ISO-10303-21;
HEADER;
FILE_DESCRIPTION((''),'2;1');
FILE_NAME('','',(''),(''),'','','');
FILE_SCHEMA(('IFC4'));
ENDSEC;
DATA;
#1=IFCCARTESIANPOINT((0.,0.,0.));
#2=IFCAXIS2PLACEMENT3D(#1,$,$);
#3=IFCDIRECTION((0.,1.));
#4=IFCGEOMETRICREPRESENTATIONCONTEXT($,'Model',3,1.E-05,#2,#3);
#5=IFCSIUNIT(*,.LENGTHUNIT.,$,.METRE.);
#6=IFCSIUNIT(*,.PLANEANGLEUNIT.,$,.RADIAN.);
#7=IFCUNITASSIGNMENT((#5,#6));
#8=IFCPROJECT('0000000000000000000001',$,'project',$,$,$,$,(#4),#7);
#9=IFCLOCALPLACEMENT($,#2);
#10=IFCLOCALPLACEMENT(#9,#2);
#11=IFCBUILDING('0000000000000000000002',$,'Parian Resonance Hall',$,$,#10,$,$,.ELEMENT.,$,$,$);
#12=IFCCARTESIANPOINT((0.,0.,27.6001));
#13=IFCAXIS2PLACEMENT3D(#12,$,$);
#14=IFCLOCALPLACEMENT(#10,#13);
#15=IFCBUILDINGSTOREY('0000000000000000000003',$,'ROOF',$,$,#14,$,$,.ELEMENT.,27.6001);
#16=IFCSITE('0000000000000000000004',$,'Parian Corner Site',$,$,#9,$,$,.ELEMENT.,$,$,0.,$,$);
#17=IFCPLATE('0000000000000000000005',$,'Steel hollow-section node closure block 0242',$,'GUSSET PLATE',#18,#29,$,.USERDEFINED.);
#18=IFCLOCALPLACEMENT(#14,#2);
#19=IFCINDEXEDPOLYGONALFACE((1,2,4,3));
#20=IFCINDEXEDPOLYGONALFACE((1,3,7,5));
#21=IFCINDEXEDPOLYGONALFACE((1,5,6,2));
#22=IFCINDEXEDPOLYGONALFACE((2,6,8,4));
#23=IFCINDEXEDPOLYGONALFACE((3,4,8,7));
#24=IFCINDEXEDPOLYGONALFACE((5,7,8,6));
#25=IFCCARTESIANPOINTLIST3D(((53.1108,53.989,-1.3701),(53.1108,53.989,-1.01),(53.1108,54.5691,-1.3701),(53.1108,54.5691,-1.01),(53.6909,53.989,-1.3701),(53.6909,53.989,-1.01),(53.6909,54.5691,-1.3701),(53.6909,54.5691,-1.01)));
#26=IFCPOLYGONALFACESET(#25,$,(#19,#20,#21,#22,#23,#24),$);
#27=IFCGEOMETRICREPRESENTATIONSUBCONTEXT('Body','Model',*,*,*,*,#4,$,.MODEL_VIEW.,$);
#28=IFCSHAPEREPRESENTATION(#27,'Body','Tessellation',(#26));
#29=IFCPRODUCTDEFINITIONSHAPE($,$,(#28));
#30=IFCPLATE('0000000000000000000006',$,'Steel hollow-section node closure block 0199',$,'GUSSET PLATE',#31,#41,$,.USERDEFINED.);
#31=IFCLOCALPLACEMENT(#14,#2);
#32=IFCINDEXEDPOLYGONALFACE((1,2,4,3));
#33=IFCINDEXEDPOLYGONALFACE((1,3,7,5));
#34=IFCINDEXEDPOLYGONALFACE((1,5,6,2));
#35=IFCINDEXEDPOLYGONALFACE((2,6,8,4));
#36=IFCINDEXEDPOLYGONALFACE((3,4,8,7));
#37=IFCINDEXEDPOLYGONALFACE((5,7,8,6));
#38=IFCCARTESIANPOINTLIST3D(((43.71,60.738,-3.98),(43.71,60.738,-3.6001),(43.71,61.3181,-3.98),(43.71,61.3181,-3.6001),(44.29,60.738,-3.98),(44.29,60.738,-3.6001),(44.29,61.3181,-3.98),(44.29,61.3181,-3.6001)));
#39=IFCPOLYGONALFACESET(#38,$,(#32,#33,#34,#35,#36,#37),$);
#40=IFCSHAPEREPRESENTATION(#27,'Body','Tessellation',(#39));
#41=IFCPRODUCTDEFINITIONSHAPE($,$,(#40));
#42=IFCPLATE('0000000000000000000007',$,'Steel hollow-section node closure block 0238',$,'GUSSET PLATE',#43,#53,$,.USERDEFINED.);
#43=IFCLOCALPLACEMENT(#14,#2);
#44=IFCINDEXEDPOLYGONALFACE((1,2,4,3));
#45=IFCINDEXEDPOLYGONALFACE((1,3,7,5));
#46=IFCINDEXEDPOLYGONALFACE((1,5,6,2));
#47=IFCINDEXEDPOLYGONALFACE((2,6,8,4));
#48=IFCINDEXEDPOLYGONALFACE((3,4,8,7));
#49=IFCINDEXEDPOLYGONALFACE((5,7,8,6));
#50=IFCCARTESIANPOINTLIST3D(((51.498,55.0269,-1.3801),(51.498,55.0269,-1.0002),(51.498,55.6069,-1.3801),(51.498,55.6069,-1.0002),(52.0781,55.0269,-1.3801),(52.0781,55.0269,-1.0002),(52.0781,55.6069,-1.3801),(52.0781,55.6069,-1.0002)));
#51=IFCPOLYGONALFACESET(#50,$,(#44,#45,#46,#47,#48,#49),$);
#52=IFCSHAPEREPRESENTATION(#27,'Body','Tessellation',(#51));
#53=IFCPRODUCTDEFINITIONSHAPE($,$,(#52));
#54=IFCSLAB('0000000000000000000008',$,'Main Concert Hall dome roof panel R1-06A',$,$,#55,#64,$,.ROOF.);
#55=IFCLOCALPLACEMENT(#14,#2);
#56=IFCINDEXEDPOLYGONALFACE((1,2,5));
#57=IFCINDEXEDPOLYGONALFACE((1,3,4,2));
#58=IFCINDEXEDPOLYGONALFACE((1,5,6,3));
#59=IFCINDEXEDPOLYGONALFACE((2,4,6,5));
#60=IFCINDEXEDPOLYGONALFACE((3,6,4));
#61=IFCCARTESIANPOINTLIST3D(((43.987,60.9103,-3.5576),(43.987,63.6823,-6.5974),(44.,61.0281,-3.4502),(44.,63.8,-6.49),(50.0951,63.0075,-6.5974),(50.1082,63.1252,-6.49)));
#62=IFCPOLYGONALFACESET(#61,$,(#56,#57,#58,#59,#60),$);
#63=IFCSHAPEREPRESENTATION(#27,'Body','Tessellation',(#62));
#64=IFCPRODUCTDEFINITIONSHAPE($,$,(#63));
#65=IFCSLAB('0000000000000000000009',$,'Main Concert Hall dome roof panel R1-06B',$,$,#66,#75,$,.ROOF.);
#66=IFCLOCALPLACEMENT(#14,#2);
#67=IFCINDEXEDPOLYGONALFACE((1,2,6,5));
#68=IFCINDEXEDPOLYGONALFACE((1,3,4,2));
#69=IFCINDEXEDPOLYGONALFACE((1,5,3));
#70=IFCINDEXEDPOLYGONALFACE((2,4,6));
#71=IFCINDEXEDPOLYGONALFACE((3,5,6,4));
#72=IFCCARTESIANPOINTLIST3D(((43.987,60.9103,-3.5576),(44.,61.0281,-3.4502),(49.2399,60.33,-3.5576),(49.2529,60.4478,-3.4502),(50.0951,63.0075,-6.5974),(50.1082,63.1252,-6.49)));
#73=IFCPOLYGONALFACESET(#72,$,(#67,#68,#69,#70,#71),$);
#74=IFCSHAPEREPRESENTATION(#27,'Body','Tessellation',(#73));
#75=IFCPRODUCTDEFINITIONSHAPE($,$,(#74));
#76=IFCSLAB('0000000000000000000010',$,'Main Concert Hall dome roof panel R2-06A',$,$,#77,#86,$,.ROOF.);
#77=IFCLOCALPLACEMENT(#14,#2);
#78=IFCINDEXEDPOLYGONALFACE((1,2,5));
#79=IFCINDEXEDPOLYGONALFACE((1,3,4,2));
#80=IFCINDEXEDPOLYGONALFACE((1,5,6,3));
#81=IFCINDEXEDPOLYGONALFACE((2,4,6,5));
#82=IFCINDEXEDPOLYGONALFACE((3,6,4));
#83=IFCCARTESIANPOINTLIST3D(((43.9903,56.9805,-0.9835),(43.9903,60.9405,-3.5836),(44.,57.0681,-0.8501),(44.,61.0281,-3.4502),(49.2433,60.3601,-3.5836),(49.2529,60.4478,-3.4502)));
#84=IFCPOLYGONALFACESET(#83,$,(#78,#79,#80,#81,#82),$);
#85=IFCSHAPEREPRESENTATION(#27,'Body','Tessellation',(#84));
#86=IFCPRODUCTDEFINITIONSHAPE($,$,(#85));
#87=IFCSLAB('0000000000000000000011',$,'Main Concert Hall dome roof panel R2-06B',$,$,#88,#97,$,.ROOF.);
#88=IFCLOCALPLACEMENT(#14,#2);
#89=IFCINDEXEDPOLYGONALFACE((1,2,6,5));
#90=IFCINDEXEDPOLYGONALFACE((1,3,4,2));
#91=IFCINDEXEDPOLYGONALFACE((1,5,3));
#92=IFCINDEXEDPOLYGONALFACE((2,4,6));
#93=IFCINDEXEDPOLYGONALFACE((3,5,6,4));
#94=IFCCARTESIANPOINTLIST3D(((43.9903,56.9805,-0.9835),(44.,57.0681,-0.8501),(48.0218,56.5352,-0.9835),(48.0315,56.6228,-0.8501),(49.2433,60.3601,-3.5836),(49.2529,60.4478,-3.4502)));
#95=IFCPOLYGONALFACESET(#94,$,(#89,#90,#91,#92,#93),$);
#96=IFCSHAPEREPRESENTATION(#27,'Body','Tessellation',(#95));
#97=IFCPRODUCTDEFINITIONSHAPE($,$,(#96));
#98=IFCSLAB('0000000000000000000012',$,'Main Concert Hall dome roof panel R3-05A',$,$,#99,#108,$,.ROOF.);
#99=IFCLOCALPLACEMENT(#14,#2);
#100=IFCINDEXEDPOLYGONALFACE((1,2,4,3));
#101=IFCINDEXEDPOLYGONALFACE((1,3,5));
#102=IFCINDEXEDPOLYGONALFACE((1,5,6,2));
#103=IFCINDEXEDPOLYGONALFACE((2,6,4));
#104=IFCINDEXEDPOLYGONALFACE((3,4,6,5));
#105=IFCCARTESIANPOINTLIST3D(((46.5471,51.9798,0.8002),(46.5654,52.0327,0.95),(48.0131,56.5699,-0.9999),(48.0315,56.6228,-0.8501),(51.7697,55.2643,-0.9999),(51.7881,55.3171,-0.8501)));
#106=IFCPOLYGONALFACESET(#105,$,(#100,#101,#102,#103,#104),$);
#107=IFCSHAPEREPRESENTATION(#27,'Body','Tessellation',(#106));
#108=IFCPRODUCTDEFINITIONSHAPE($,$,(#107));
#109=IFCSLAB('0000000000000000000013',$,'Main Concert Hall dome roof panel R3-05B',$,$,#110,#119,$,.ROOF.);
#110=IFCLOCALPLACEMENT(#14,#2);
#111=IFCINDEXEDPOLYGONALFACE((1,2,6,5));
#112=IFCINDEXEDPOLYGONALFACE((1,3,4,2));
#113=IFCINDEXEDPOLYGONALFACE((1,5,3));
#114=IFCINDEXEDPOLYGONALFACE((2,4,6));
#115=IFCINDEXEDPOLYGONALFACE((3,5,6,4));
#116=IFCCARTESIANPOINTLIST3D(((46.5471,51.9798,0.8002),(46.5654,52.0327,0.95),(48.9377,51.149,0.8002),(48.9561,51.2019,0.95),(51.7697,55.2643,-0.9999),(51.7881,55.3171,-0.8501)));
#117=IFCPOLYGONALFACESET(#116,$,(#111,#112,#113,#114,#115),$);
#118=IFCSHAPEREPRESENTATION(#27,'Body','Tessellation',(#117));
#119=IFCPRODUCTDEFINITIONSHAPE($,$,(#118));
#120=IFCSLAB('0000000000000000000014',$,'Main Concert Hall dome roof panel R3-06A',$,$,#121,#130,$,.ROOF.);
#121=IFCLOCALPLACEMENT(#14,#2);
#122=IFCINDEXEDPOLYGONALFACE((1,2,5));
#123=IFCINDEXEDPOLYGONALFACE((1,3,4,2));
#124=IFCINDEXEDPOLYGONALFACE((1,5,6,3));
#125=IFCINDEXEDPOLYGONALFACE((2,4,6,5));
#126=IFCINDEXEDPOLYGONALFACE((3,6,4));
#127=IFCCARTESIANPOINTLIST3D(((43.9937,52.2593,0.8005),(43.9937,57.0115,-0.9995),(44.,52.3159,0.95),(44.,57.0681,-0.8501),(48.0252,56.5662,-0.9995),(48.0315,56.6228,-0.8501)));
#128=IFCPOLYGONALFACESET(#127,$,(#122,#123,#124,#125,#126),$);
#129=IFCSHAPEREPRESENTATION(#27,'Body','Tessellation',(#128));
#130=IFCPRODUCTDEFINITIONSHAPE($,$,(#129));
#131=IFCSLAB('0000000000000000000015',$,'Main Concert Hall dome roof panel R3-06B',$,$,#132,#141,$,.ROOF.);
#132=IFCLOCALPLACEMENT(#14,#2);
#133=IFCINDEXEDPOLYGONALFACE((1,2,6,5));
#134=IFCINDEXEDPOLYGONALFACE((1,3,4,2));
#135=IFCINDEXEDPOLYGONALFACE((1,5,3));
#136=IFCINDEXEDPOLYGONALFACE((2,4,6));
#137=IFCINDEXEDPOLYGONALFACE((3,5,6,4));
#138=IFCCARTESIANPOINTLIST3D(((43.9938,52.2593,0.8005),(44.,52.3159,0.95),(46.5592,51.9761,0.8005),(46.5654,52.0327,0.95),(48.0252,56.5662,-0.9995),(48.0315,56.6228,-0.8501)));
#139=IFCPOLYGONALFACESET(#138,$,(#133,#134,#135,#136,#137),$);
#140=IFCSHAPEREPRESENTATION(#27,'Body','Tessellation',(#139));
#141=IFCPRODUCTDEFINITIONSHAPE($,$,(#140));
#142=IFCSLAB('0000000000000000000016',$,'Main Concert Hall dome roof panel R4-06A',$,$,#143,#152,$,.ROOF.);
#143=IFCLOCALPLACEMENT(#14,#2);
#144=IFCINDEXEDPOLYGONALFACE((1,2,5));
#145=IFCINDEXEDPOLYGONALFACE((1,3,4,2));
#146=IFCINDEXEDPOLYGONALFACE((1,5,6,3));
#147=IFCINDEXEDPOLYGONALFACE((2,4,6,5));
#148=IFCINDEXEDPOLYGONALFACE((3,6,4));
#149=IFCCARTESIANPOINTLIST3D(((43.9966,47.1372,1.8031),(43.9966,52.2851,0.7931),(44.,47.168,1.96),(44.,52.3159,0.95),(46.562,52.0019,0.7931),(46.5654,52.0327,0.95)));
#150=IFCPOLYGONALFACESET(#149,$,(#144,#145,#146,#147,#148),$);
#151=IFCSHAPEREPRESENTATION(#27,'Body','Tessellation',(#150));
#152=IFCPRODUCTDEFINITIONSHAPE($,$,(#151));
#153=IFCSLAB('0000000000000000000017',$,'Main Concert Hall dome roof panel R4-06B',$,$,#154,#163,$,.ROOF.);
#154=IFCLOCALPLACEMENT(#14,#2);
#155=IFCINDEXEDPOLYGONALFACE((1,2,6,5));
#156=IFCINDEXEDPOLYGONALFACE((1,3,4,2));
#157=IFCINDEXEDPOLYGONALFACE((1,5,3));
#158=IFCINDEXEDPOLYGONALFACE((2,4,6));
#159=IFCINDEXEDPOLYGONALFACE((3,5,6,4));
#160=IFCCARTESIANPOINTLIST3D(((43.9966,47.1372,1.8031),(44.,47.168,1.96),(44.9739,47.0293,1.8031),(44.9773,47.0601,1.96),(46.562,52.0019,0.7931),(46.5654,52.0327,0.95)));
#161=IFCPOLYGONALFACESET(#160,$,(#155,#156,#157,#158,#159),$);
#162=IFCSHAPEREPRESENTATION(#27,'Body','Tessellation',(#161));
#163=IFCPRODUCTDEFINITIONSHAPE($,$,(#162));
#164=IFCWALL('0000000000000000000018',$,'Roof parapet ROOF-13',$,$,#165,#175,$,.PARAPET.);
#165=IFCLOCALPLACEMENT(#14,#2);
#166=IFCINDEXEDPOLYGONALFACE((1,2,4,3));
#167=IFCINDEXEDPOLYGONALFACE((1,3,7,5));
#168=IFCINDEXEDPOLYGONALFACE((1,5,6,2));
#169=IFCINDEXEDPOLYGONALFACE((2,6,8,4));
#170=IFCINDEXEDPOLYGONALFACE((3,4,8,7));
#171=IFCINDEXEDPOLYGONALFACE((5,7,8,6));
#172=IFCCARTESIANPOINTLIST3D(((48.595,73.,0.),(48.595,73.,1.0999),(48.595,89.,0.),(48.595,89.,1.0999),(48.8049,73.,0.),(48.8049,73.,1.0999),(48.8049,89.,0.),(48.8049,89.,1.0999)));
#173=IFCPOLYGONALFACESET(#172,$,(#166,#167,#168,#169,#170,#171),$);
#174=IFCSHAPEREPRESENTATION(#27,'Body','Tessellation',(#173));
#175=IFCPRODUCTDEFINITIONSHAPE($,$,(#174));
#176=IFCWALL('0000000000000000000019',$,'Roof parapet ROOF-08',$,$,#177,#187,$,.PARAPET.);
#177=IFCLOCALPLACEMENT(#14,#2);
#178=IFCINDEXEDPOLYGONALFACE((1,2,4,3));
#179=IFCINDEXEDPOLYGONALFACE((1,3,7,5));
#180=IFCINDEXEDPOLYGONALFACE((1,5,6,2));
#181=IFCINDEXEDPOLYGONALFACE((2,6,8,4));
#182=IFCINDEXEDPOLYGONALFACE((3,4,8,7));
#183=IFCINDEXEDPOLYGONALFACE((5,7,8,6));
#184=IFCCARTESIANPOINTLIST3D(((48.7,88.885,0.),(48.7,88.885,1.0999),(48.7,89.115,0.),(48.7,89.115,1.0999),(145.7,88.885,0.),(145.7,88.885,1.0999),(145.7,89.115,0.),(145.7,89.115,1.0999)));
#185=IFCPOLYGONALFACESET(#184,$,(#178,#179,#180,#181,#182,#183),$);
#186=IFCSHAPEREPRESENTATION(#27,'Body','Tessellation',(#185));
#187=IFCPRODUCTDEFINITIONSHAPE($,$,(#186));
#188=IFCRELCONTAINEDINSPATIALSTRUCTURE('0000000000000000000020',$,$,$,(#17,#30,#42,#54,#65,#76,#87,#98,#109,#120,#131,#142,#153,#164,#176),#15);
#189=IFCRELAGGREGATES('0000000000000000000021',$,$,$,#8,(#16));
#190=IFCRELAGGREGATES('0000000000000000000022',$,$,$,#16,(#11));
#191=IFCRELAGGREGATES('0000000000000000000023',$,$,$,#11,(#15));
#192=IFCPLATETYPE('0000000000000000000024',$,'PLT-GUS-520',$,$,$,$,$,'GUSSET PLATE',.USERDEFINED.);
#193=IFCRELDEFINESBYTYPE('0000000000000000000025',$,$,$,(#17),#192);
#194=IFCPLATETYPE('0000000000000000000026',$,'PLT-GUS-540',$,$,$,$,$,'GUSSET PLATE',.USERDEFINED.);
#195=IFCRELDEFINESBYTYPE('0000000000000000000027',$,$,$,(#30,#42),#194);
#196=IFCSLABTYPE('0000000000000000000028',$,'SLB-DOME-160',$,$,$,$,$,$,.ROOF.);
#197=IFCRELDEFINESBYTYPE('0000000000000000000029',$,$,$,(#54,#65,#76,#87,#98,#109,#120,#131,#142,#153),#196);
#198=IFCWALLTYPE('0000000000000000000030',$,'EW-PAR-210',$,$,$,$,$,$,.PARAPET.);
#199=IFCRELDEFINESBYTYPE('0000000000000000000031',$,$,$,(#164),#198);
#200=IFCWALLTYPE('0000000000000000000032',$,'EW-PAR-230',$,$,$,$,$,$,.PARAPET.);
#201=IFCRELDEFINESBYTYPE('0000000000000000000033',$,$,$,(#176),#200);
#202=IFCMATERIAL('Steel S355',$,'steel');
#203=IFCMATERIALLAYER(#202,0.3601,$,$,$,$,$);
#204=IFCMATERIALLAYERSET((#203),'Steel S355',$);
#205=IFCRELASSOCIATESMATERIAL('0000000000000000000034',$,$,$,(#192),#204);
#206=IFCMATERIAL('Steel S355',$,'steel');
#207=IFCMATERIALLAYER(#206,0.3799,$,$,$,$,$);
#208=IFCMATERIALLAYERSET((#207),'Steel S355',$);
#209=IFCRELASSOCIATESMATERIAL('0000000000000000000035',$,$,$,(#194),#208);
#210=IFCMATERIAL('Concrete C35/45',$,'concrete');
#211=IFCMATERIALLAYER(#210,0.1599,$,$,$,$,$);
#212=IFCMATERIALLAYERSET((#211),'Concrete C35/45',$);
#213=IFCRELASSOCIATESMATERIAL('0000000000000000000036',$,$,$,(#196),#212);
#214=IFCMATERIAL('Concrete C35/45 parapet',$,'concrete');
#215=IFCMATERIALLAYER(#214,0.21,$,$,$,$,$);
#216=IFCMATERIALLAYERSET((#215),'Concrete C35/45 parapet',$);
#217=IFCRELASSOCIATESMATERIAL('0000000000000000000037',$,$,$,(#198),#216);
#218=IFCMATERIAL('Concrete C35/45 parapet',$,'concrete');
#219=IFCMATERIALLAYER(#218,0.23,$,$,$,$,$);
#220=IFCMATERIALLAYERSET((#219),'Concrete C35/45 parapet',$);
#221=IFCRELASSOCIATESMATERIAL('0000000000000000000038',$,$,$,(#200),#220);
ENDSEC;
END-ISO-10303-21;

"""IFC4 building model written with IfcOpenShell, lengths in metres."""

from ifc_helpers import new_model, si_unit, direction, frame, frame_2d, origin, origin_2d, place, context, subcontext, project, spatial, polyline, rectangle, outline, extrude, material, layer, layer_set, type_object, element, save


model = new_model("IFC4")

# Units and contexts
model_context = context("Model", 3, precision=1e-05, world=origin(), true_north=direction((0.0, 1.0)))
body_context = subcontext(model_context, "Body", "Model", "MODEL_VIEW")
ifc_project = project(units=[si_unit("LENGTHUNIT", "METRE"), si_unit("PLANEANGLEUNIT", "RADIAN")], contexts=[model_context])

# Site, building, storey
site_placement = place(None, origin())
site = spatial("IfcSite", under=ifc_project, at=site_placement, Name="Parian Corner Site", CompositionType="ELEMENT", RefElevation=0.0)
building_placement = place(site_placement, origin())
building = spatial("IfcBuilding", under=site, at=building_placement, Name="Parian Resonance Hall", CompositionType="ELEMENT")
storey_placement = place(building_placement, frame((0.0, 0.0, 27.6001)))
storey = spatial("IfcBuildingStorey", under=building, at=storey_placement, Name="ROOF", CompositionType="ELEMENT", Elevation=27.6001)

# Plates
ifc_material_1 = material(Name="Steel S355", Category="steel")
ifc_layer_1 = layer(ifc_material_1, 0.3601)
ifc_layer_set_1 = layer_set([ifc_layer_1], Name="Steel S355")
plate_type_1 = type_object("IfcPlateType", Name="PLT-GUS-520", ElementType="GUSSET PLATE", PredefinedType="USERDEFINED", material=ifc_layer_set_1)
for number, where, z_axis, x_axis, name in (
    (1, (53.4009, 54.2791, -1.3701), (0.0, 0.0, 1.0), (1.0, 0.0, 0.0), "Steel hollow-section node closure block 0242"),
):
    element("IfcPlate", number, at=place(storey_placement, frame(where, z_axis=z_axis, x_axis=x_axis)), inside=storey, type_object=plate_type_1, Name=name, ObjectType="GUSSET PLATE", PredefinedType="USERDEFINED", context=body_context, shape_type="SweptSolid", body=[
        extrude(rectangle(XDim=0.5801, YDim=0.5801, at=origin_2d()), origin(), (0.0, 0.0, 1.0), 0.3601),
    ])
ifc_material_2 = material(Name="Steel S355", Category="steel")
ifc_layer_2 = layer(ifc_material_2, 0.3799)
ifc_layer_set_2 = layer_set([ifc_layer_2], Name="Steel S355")
plate_type_2 = type_object("IfcPlateType", Name="PLT-GUS-540", ElementType="GUSSET PLATE", PredefinedType="USERDEFINED", material=ifc_layer_set_2)
for number, where, z_axis, x_axis, name in (
    (2, (44.0, 61.0281, -3.98), (0.0, 0.0, 1.0), (1.0, 0.0, 0.0), "Steel hollow-section node closure block 0199"),
    (3, (51.7881, 55.3169, -1.3801), (0.0, 0.0, 1.0), (1.0, 0.0, 0.0), "Steel hollow-section node closure block 0238"),
):
    element("IfcPlate", number, at=place(storey_placement, frame(where, z_axis=z_axis, x_axis=x_axis)), inside=storey, type_object=plate_type_2, Name=name, ObjectType="GUSSET PLATE", PredefinedType="USERDEFINED", context=body_context, shape_type="SweptSolid", body=[
        extrude(rectangle(XDim=0.5801, YDim=0.5801, at=origin_2d()), origin(), (0.0, 0.0, 1.0), 0.3799),
    ])

# Slabs
ifc_material_3 = material(Name="Concrete C35/45", Category="concrete")
ifc_layer_3 = layer(ifc_material_3, 0.1599)
ifc_layer_set_3 = layer_set([ifc_layer_3], Name="Concrete C35/45")
slab_type = type_object("IfcSlabType", Name="SLB-DOME-160", PredefinedType="ROOF", material=ifc_layer_set_3)
slab_1_placement = place(storey_placement, frame((50.1082, 63.1252, -6.49), z_axis=(0.081361, 0.736458, 0.671572), x_axis=(-0.993953, 0.109808, 0.0)))
element("IfcSlab", 4, at=slab_1_placement, inside=storey, type_object=slab_type, Name="Main Concert Hall dome roof panel R1-06A", PredefinedType="ROOF", context=body_context, shape_type="SweptSolid", body=[
    extrude(outline(polyline([(0.0, 0.0), (6.1453, 0.0), (5.8409, 4.1026), (0.0, 0.0)])), origin(), (0.0, 0.0, -1.0), 0.1599),
])
slab_2_placement = place(storey_placement, frame((50.1082, 63.1252, -6.49), z_axis=(0.081361, 0.736458, 0.671572), x_axis=(-0.855749, -0.293812, 0.425874)))
element("IfcSlab", 5, at=slab_2_placement, inside=storey, type_object=slab_type, Name="Main Concert Hall dome roof panel R1-06B", PredefinedType="ROOF", context=body_context, shape_type="SweptSolid", body=[
    extrude(outline(polyline([(0.0, 0.0), (7.1378, 0.0), (2.8131, 3.0376), (0.0, 0.0)])), origin(), (0.0, 0.0, -1.0), 0.1599),
])
slab_3_placement = place(storey_placement, frame((49.2529, 60.4478, -3.4502), z_axis=(0.060525, 0.547853, 0.834382), x_axis=(-0.993953, 0.109808, 0.0)))
element("IfcSlab", 6, at=slab_3_placement, inside=storey, type_object=slab_type, Name="Main Concert Hall dome roof panel R2-06A", PredefinedType="ROOF", context=body_context, shape_type="SweptSolid", body=[
    extrude(outline(polyline([(0.0, 0.0), (5.2849, 0.0), (4.8501, 4.7173), (0.0, 0.0)])), origin(), (0.0, 0.0, -1.0), 0.1599),
])
slab_4_placement = place(storey_placement, frame((49.2529, 60.4478, -3.4502), z_axis=(0.060516, 0.547862, 0.834377), x_axis=(-0.776397, -0.49952, 0.384301)))
element("IfcSlab", 7, at=slab_4_placement, inside=storey, type_object=slab_type, Name="Main Concert Hall dome roof panel R2-06B", PredefinedType="ROOF", context=body_context, shape_type="SweptSolid", body=[
    extrude(outline(polyline([(0.0, 0.0), (6.7658, 0.0), (3.8582, 2.8279), (0.0, 0.0)])), origin(), (0.0, 0.0, -1.0), 0.1599),
])
slab_5_placement = place(storey_placement, frame((51.7881, 55.3171, -0.8501), z_axis=(0.114921, 0.330644, 0.936733), x_axis=(-0.944573, 0.328302, 0.0)))
element("IfcSlab", 8, at=slab_5_placement, inside=storey, type_object=slab_type, Name="Main Concert Hall dome roof panel R3-05A", PredefinedType="ROOF", context=body_context, shape_type="SweptSolid", body=[
    extrude(outline(polyline([(0.0, 0.0), (3.977, 0.0), (3.8549, 5.1423), (0.0, 0.0)])), origin(), (0.0, 0.0, -1.0), 0.1599),
])
slab_6_placement = place(storey_placement, frame((51.7881, 55.3171, -0.8501), z_axis=(0.114912, 0.330655, 0.93673), x_axis=(-0.812637, -0.511051, 0.280085)))
element("IfcSlab", 9, at=slab_6_placement, inside=storey, type_object=slab_type, Name="Main Concert Hall dome roof panel R3-05B", PredefinedType="ROOF", context=body_context, shape_type="SweptSolid", body=[
    extrude(outline(polyline([(0.0, 0.0), (6.4268, 0.0), (4.9087, 2.025), (0.0, 0.0)])), origin(), (0.0, 0.0, -1.0), 0.1599),
])
slab_7_placement = place(storey_placement, frame((48.0315, 56.6228, -0.8501), z_axis=(0.039097, 0.353952, 0.934446), x_axis=(-0.993955, 0.109791, 0.0)))
element("IfcSlab", 10, at=slab_7_placement, inside=storey, type_object=slab_type, Name="Main Concert Hall dome roof panel R3-06A", PredefinedType="ROOF", context=body_context, shape_type="SweptSolid", body=[
    extrude(outline(polyline([(0.0, 0.0), (4.056, 0.0), (3.5343, 5.0548), (0.0, 0.0)])), origin(), (0.0, 0.0, -1.0), 0.1599),
])
slab_8_placement = place(storey_placement, frame((48.0315, 56.6228, -0.8501), z_axis=(0.039075, 0.353969, 0.93444), x_axis=(-0.65363, -0.69828, 0.291844)))
element("IfcSlab", 11, at=slab_8_placement, inside=storey, type_object=slab_type, Name="Main Concert Hall dome roof panel R3-06B", PredefinedType="ROOF", context=body_context, shape_type="SweptSolid", body=[
    extrude(outline(polyline([(0.0, 0.0), (6.1679, 0.0), (4.6888, 2.1152), (0.0, 0.0)])), origin(), (0.0, 0.0, -1.0), 0.1599),
])
slab_9_placement = place(storey_placement, frame((46.5654, 52.0327, 0.95), z_axis=(0.021249, 0.192483, 0.98107), x_axis=(-0.993962, 0.109726, 0.0)))
element("IfcSlab", 12, at=slab_9_placement, inside=storey, type_object=slab_type, Name="Main Concert Hall dome roof panel R4-06A", PredefinedType="ROOF", context=body_context, shape_type="SweptSolid", body=[
    extrude(outline(polyline([(0.0, 0.0), (2.581, 0.0), (2.0162, 5.2156), (0.0, 0.0)])), origin(), (0.0, 0.0, -1.0), 0.1599),
])
slab_10_placement = place(storey_placement, frame((46.5654, 52.0327, 0.95), z_axis=(0.021253, 0.19248, 0.981071), x_axis=(-0.458791, -0.869991, 0.180626)))
element("IfcSlab", 13, at=slab_10_placement, inside=storey, type_object=slab_type, Name="Main Concert Hall dome roof panel R4-06B", PredefinedType="ROOF", context=body_context, shape_type="SweptSolid", body=[
    extrude(outline(polyline([(0.0, 0.0), (5.5917, 0.0), (5.2372, 0.9171), (0.0, 0.0)])), origin(), (0.0, 0.0, -1.0), 0.1599),
])

# Walls
ifc_material_4 = material(Name="Concrete C35/45 parapet", Category="concrete")
ifc_layer_4 = layer(ifc_material_4, 0.21)
ifc_layer_set_4 = layer_set([ifc_layer_4], Name="Concrete C35/45 parapet")
wall_type_1 = type_object("IfcWallType", Name="EW-PAR-210", PredefinedType="PARAPET", material=ifc_layer_set_4)
wall_1_placement = place(storey_placement, frame((48.7, 73.0, 0.0), z_axis=(0.0, 0.0, 1.0), x_axis=(0.0, 1.0, 0.0)))
element("IfcWall", 14, at=wall_1_placement, inside=storey, type_object=wall_type_1, Name="Roof parapet ROOF-13", PredefinedType="PARAPET", context=body_context, shape_type="SweptSolid", body=[
    extrude(rectangle(XDim=16.0, YDim=0.21, at=frame_2d((8.0, 0.0))), origin(), (0.0, 0.0, 1.0), 1.0999),
])
ifc_material_5 = material(Name="Concrete C35/45 parapet", Category="concrete")
ifc_layer_5 = layer(ifc_material_5, 0.23)
ifc_layer_set_5 = layer_set([ifc_layer_5], Name="Concrete C35/45 parapet")
wall_type_2 = type_object("IfcWallType", Name="EW-PAR-230", PredefinedType="PARAPET", material=ifc_layer_set_5)
wall_2_placement = place(storey_placement, frame((48.7, 89.0, 0.0), z_axis=(0.0, 0.0, 1.0), x_axis=(1.0, 0.0, 0.0)))
element("IfcWall", 15, at=wall_2_placement, inside=storey, type_object=wall_type_2, Name="Roof parapet ROOF-08", PredefinedType="PARAPET", context=body_context, shape_type="SweptSolid", body=[
    extrude(rectangle(XDim=97.0, YDim=0.23, at=frame_2d((48.5, 0.0))), origin(), (0.0, 0.0, 1.0), 1.0999),
])

save(model, "model.ifc")
